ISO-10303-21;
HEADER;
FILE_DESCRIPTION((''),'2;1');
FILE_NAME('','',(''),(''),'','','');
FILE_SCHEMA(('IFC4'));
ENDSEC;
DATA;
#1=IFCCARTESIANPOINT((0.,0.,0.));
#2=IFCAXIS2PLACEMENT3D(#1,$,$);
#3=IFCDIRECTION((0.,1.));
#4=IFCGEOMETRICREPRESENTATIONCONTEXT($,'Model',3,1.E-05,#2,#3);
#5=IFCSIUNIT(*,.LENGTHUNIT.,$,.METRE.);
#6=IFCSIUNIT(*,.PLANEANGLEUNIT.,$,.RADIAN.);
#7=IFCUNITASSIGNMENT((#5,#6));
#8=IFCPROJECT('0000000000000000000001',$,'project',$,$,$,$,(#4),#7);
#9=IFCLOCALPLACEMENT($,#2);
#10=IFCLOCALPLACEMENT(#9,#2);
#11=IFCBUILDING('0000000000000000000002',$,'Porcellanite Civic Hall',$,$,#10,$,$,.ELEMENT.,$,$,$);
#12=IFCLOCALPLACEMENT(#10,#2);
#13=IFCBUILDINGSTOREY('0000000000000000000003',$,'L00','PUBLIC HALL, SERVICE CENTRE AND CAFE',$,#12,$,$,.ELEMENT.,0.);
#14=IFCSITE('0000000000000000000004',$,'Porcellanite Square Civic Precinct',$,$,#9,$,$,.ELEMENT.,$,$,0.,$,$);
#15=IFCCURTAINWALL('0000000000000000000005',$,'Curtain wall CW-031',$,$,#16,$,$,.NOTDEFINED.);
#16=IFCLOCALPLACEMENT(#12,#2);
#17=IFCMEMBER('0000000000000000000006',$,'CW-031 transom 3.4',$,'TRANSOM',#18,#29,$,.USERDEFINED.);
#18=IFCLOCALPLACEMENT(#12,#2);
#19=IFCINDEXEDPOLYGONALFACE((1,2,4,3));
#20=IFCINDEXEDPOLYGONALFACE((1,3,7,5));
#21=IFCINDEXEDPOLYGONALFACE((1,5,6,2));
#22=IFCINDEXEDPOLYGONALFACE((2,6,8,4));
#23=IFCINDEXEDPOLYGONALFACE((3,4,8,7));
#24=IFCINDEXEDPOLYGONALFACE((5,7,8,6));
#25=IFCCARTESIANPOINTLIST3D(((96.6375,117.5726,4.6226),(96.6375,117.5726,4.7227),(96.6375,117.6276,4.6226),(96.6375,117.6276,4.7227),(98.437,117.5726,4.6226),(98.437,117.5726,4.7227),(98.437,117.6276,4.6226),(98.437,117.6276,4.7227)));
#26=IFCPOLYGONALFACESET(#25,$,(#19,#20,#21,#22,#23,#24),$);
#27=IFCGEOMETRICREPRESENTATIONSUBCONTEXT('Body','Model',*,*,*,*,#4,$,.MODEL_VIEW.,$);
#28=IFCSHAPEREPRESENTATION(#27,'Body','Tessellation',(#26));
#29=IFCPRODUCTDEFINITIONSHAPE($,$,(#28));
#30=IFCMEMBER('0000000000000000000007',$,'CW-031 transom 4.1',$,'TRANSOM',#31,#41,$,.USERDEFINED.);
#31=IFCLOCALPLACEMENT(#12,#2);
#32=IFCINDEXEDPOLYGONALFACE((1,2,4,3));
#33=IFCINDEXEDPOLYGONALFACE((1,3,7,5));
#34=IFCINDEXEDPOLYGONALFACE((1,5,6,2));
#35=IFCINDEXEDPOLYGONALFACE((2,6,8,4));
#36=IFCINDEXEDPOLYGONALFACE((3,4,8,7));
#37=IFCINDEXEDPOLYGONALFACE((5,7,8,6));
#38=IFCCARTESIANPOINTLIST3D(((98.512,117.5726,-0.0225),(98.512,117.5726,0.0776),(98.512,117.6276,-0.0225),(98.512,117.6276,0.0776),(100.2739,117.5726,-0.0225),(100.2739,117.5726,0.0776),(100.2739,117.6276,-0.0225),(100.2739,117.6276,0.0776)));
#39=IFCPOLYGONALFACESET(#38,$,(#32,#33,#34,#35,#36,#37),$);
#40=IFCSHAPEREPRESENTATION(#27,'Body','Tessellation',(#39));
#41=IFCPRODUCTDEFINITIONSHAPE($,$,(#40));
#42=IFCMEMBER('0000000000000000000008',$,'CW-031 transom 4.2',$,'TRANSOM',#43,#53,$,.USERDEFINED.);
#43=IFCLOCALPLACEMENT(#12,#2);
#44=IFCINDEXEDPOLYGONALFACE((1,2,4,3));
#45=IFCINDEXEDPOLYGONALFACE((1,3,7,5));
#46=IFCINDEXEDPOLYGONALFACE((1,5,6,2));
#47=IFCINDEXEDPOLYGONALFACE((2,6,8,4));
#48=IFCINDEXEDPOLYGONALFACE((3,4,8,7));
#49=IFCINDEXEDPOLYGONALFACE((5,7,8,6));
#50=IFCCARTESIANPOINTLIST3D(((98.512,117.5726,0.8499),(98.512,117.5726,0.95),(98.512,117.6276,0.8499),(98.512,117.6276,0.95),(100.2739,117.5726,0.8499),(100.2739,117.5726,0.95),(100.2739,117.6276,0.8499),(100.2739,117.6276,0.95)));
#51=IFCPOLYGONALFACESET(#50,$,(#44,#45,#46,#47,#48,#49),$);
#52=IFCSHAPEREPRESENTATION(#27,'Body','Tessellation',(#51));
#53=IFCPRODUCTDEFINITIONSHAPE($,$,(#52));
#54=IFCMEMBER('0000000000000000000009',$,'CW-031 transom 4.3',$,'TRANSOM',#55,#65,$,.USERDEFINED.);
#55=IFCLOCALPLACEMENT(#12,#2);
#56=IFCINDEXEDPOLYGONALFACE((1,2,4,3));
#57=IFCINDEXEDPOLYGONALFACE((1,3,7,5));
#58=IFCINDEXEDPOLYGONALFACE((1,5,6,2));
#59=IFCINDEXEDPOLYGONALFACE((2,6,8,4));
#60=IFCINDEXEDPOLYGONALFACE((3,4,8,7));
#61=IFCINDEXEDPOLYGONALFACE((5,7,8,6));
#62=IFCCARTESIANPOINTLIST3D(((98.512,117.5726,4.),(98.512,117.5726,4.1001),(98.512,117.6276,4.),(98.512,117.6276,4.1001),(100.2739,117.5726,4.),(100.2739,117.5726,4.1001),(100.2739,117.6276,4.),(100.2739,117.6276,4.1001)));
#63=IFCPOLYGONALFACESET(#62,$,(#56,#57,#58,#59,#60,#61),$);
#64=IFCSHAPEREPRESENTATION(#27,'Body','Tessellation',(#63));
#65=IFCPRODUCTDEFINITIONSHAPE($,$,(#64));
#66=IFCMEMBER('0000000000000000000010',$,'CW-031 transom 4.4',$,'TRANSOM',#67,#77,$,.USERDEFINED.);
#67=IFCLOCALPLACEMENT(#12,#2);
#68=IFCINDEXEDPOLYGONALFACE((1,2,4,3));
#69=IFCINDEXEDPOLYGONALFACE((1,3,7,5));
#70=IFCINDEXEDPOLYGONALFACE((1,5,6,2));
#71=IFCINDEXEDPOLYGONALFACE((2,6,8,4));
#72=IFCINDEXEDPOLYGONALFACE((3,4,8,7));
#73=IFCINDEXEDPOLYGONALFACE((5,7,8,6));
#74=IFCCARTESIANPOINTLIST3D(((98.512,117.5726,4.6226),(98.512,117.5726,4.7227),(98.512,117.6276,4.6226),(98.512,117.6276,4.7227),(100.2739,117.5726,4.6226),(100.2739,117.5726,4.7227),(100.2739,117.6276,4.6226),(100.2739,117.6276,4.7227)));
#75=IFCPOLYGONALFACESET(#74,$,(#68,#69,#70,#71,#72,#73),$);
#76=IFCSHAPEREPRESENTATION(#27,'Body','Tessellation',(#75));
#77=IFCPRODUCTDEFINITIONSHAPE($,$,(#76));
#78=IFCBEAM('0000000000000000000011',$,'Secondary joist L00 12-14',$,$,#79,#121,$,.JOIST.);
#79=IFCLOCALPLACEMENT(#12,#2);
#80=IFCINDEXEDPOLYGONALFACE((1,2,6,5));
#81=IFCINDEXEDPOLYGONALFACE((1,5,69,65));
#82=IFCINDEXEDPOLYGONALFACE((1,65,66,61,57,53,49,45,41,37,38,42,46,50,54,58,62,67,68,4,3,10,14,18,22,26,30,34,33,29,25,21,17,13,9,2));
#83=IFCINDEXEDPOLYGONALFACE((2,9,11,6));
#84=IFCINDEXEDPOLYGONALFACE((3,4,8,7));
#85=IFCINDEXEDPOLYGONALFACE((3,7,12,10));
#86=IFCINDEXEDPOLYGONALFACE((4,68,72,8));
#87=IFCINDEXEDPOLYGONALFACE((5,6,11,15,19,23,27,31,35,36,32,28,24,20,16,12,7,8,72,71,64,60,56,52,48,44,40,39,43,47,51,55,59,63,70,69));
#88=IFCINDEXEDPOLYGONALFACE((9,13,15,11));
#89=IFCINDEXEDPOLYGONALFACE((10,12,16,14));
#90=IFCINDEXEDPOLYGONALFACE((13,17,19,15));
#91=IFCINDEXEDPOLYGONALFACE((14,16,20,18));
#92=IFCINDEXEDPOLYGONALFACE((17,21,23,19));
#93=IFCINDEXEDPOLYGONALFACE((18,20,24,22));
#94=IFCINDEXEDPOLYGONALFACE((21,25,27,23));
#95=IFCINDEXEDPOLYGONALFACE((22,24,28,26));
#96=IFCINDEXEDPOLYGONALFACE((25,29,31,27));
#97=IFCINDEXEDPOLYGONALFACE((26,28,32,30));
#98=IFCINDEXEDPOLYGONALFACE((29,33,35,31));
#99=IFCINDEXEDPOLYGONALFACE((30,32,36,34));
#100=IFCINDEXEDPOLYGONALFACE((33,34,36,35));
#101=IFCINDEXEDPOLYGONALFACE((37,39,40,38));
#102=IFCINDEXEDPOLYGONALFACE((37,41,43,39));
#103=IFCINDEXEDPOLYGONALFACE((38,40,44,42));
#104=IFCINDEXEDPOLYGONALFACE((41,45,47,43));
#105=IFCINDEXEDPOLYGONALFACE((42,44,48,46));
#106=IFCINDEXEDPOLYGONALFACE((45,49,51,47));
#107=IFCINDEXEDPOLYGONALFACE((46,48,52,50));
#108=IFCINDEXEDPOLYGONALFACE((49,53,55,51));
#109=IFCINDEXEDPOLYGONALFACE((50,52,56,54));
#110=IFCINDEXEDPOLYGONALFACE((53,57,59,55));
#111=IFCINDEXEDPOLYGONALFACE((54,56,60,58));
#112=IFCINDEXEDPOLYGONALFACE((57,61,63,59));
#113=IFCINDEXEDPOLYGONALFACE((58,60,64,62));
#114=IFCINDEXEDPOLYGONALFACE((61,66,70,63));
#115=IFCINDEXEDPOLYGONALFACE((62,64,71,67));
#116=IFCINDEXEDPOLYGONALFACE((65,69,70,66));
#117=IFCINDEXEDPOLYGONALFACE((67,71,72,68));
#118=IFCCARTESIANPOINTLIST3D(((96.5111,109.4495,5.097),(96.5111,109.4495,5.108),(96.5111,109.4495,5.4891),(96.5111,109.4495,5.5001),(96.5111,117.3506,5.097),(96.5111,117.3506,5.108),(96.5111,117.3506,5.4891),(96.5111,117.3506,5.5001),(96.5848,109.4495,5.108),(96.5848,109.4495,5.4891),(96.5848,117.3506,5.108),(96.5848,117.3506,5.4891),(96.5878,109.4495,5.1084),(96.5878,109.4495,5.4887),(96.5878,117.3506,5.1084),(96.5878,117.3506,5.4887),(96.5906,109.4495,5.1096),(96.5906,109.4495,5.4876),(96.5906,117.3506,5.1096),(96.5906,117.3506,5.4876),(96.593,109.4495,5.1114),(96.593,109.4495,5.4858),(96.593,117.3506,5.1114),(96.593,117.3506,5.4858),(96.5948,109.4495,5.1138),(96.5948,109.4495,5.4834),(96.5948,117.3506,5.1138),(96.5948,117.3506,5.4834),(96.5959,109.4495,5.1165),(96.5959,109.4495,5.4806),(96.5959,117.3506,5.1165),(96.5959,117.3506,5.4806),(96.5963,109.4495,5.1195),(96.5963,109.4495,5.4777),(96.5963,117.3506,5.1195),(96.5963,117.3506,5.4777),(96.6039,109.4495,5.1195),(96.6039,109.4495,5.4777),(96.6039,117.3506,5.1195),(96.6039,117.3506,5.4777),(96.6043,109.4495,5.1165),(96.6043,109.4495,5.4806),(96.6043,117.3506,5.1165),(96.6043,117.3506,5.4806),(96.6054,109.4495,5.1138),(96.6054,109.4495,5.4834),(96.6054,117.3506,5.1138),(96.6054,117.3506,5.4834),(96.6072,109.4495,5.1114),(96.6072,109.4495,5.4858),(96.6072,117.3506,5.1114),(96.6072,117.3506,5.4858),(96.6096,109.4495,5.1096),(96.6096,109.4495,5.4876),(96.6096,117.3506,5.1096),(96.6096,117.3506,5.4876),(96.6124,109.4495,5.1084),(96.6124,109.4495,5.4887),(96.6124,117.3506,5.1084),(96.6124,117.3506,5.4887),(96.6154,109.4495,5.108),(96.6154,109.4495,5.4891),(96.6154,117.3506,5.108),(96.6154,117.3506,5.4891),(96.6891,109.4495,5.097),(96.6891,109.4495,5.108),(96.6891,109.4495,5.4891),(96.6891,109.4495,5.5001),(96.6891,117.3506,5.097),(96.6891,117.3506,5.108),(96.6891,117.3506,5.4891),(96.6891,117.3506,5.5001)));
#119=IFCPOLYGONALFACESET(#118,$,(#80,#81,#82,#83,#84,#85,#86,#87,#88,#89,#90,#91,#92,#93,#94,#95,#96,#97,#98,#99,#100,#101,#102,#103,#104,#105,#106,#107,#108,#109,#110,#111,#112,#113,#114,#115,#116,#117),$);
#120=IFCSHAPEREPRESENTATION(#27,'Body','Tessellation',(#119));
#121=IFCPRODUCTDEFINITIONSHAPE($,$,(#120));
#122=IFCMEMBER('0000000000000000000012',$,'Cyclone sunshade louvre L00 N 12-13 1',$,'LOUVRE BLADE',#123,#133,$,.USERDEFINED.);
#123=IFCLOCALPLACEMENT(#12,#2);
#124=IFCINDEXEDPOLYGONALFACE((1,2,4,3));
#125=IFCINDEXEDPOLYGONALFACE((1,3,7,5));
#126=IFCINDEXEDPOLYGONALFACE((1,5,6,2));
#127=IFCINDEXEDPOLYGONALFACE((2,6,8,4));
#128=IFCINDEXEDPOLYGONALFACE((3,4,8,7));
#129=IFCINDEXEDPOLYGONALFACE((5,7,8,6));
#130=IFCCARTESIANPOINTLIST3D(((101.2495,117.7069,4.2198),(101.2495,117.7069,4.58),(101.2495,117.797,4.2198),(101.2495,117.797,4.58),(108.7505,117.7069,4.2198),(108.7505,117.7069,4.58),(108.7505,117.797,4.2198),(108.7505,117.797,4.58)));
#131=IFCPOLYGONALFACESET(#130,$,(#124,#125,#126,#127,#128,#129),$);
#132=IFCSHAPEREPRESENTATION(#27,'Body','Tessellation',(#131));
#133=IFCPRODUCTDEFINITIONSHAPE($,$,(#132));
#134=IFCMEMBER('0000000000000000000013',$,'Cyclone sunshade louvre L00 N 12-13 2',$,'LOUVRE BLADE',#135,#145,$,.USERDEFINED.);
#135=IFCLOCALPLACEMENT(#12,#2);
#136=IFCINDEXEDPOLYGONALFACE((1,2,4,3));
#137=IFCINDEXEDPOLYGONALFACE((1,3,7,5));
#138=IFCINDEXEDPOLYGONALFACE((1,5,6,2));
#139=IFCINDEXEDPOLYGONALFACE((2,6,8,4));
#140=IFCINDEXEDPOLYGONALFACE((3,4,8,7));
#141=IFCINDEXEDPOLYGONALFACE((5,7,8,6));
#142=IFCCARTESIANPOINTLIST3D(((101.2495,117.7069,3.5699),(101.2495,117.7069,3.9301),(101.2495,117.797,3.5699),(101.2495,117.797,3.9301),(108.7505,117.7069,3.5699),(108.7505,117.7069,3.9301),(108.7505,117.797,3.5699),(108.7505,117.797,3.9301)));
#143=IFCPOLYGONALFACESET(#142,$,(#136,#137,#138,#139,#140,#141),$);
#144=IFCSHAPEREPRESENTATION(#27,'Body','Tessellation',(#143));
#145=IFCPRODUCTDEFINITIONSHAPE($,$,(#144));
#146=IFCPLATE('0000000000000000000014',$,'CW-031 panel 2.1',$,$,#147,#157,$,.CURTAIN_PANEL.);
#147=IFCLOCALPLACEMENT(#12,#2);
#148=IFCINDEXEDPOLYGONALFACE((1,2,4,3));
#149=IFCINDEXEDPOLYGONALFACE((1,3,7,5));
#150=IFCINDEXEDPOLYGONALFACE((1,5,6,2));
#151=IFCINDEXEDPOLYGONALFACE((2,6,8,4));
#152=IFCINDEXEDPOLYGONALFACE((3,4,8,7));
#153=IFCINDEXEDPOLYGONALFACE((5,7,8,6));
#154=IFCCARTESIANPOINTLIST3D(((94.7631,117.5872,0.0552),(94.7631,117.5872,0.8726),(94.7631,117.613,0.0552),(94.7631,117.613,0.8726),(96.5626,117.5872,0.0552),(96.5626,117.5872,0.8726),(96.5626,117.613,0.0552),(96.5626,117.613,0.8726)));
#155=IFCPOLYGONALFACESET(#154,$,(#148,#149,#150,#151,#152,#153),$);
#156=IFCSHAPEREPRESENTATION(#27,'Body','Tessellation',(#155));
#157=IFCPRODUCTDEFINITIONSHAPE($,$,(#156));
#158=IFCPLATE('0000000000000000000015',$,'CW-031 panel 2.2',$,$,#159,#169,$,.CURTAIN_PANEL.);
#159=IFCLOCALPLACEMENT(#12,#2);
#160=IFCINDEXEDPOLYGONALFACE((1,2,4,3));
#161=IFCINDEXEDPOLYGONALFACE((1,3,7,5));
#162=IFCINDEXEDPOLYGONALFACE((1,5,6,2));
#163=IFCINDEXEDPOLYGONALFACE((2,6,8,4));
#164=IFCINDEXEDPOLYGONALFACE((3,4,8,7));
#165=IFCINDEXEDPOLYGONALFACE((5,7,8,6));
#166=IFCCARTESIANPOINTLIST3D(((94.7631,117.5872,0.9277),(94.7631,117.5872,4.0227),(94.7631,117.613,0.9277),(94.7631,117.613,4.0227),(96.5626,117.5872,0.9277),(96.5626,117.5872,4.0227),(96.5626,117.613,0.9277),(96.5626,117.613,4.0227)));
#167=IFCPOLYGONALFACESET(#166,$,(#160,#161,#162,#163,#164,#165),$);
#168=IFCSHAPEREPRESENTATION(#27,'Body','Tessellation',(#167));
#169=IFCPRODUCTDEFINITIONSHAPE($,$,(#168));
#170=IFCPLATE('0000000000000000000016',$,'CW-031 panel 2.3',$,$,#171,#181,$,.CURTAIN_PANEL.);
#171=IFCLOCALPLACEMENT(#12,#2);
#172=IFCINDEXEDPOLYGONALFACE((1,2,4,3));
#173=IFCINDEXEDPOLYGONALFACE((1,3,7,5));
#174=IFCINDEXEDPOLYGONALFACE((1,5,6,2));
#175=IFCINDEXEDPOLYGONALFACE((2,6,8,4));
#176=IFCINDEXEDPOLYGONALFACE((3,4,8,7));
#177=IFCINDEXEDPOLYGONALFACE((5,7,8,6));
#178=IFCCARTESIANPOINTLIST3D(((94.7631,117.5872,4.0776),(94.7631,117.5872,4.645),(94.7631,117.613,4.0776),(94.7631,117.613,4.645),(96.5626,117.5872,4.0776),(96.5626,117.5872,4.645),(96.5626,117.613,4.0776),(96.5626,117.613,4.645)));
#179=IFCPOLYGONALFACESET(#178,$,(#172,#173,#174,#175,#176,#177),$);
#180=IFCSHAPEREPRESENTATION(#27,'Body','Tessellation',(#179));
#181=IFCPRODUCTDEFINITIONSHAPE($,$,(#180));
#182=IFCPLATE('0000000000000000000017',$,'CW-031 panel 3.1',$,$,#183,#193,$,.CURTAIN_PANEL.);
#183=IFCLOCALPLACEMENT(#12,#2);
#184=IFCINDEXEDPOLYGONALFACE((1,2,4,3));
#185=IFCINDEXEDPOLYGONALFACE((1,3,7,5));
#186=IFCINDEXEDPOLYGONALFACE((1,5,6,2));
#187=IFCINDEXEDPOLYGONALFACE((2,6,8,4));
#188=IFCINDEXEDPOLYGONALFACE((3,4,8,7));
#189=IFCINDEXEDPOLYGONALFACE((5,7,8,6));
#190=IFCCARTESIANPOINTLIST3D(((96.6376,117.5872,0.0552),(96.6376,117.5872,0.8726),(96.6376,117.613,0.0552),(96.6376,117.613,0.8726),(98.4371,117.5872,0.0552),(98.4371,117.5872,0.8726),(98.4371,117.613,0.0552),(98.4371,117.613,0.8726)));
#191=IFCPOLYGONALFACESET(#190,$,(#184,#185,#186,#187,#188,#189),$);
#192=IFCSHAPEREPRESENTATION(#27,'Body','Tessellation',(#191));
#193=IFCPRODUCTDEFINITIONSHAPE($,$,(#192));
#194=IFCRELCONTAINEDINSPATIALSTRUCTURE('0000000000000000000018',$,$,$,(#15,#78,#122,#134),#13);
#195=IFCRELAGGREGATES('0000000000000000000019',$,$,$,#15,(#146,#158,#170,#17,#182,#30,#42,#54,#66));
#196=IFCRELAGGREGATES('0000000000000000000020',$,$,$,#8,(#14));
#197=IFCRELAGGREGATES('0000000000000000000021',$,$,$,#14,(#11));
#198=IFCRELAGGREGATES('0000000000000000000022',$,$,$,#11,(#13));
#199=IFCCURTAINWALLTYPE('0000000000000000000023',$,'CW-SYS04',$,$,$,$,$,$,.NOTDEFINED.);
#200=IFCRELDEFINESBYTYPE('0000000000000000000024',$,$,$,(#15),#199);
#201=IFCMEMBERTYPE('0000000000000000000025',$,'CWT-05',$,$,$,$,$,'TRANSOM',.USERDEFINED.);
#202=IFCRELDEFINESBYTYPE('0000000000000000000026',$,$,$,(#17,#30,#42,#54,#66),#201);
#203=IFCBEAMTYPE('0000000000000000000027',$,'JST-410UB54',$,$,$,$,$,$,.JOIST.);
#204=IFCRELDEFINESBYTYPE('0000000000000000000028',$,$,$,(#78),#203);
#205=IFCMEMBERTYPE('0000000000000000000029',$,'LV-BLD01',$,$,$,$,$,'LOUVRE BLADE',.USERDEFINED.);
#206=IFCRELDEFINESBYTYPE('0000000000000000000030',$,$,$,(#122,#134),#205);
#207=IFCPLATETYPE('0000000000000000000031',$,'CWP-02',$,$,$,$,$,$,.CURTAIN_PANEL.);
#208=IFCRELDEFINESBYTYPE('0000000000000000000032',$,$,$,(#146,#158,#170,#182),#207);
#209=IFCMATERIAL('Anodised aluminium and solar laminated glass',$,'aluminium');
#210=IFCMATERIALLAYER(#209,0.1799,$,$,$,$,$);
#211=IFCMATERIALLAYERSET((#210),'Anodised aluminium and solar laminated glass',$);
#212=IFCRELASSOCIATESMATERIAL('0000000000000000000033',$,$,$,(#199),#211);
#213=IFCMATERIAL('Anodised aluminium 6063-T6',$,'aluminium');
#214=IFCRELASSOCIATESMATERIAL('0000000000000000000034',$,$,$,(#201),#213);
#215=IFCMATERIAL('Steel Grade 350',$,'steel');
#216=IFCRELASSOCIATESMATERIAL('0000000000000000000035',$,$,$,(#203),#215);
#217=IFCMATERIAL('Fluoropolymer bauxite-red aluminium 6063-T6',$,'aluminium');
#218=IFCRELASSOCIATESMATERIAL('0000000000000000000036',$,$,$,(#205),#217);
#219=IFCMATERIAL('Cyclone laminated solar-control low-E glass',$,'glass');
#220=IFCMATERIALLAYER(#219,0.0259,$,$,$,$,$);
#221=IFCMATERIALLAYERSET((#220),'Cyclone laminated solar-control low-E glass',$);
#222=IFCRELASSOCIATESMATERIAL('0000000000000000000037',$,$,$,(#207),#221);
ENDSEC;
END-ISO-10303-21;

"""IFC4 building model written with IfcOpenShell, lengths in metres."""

from ifc_helpers import new_model, si_unit, direction, frame, origin, origin_2d, place, context, subcontext, project, spatial, rectangle, i_section, extrude, material, layer, layer_set, material_profile, profile_set, type_object, element, aggregate, save


model = new_model("IFC4")

# Units and contexts
model_context = context("Model", 3, precision=1e-05, world=origin(), true_north=direction((0.0, 1.0)))
body_context = subcontext(model_context, "Body", "Model", "MODEL_VIEW")
ifc_project = project(units=[si_unit("LENGTHUNIT", "METRE"), si_unit("PLANEANGLEUNIT", "RADIAN")], contexts=[model_context])

# Site, building, storey
site_placement = place(None, origin())
site = spatial("IfcSite", under=ifc_project, at=site_placement, Name="Porcellanite Square Civic Precinct", CompositionType="ELEMENT", RefElevation=0.0)
building_placement = place(site_placement, origin())
building = spatial("IfcBuilding", under=site, at=building_placement, Name="Porcellanite Civic Hall", CompositionType="ELEMENT")
storey_placement = place(building_placement, origin())
storey = spatial("IfcBuildingStorey", under=building, at=storey_placement, Name="L00", Description="PUBLIC HALL, SERVICE CENTRE AND CAFE", CompositionType="ELEMENT", Elevation=0.0)

# Curtain wall
ifc_material_1 = material(Name="Anodised aluminium and solar laminated glass", Category="aluminium")
ifc_layer_1 = layer(ifc_material_1, 0.1799)
ifc_layer_set_1 = layer_set([ifc_layer_1], Name="Anodised aluminium and solar laminated glass")
curtain_wall_type_1 = type_object("IfcCurtainWallType", Name="CW-SYS04", PredefinedType="NOTDEFINED", material=ifc_layer_set_1)
curtain_wall_1_placement = place(storey_placement, origin())
curtain_wall_1 = element("IfcCurtainWall", 1, at=curtain_wall_1_placement, inside=storey, type_object=curtain_wall_type_1, Name="Curtain wall CW-031", PredefinedType="NOTDEFINED")

# Members
ifc_material_2 = material(Name="Anodised aluminium 6063-T6", Category="aluminium")
ifc_material_profile_1 = material_profile(ifc_material_2, rectangle(XDim=0.0549, YDim=0.1001, at=origin_2d()), Name="AL-55x100")
ifc_profile_set_1 = profile_set([ifc_material_profile_1], Name="Anodised aluminium 6063-T6")
member_type_1 = type_object("IfcMemberType", Name="CWT-05", ElementType="TRANSOM", PredefinedType="USERDEFINED", material=ifc_profile_set_1)
member_1_placement = place(storey_placement, frame((96.6375, 117.6001, 4.6726), z_axis=(1.0, 0.0, 0.0), x_axis=(0.0, 1.0, 0.0)))
member_1 = element("IfcMember", 2, at=member_1_placement, type_object=member_type_1, Name="CW-031 transom 3.4", ObjectType="TRANSOM", PredefinedType="USERDEFINED", context=body_context, shape_type="SweptSolid", body=[
    extrude(rectangle(XDim=0.0549, YDim=0.1001, at=origin_2d()), origin(), (0.0, 0.0, 1.0), 1.7996),
])
member_2_placement = place(storey_placement, frame((98.512, 117.6001, 0.0276), z_axis=(1.0, 0.0, 0.0), x_axis=(0.0, 1.0, 0.0)))
member_2 = element("IfcMember", 3, at=member_2_placement, type_object=member_type_1, Name="CW-031 transom 4.1", ObjectType="TRANSOM", PredefinedType="USERDEFINED", context=body_context, shape_type="SweptSolid", body=[
    extrude(rectangle(XDim=0.0549, YDim=0.1001, at=origin_2d()), origin(), (0.0, 0.0, 1.0), 1.762),
])
member_3_placement = place(storey_placement, frame((98.512, 117.6001, 0.8999), z_axis=(1.0, 0.0, 0.0), x_axis=(0.0, 1.0, 0.0)))
member_3 = element("IfcMember", 4, at=member_3_placement, type_object=member_type_1, Name="CW-031 transom 4.2", ObjectType="TRANSOM", PredefinedType="USERDEFINED", context=body_context, shape_type="SweptSolid", body=[
    extrude(rectangle(XDim=0.0549, YDim=0.1001, at=origin_2d()), origin(), (0.0, 0.0, 1.0), 1.762),
])
member_4_placement = place(storey_placement, frame((98.512, 117.6001, 4.05), z_axis=(1.0, 0.0, 0.0), x_axis=(0.0, 1.0, 0.0)))
member_4 = element("IfcMember", 5, at=member_4_placement, type_object=member_type_1, Name="CW-031 transom 4.3", ObjectType="TRANSOM", PredefinedType="USERDEFINED", context=body_context, shape_type="SweptSolid", body=[
    extrude(rectangle(XDim=0.0549, YDim=0.1001, at=origin_2d()), origin(), (0.0, 0.0, 1.0), 1.762),
])
member_5_placement = place(storey_placement, frame((98.512, 117.6001, 4.6726), z_axis=(1.0, 0.0, 0.0), x_axis=(0.0, 1.0, 0.0)))
member_5 = element("IfcMember", 6, at=member_5_placement, type_object=member_type_1, Name="CW-031 transom 4.4", ObjectType="TRANSOM", PredefinedType="USERDEFINED", context=body_context, shape_type="SweptSolid", body=[
    extrude(rectangle(XDim=0.0549, YDim=0.1001, at=origin_2d()), origin(), (0.0, 0.0, 1.0), 1.762),
])

# Beam
ifc_material_3 = material(Name="Steel Grade 350", Category="steel")
ifc_material_profile_2 = material_profile(ifc_material_3, i_section(OverallWidth=0.178, OverallDepth=0.4031, WebThickness=0.0076, FlangeThickness=0.011, FilletRadius=0.0115, at=origin_2d()), Name="410UB53.7")
ifc_profile_set_2 = profile_set([ifc_material_profile_2], Name="Steel Grade 350")
beam_type_1 = type_object("IfcBeamType", Name="JST-410UB54", PredefinedType="JOIST", material=ifc_profile_set_2)
beam_1_placement = place(storey_placement, frame((96.6001, 109.4495, 5.2986), z_axis=(0.0, 1.0, 0.0), x_axis=(-1.0, 0.0, 0.0)))
element("IfcBeam", 7, at=beam_1_placement, inside=storey, type_object=beam_type_1, Name="Secondary joist L00 12-14", PredefinedType="JOIST", context=body_context, shape_type="SweptSolid", body=[
    extrude(i_section(OverallWidth=0.178, OverallDepth=0.4031, WebThickness=0.0076, FlangeThickness=0.011, FilletRadius=0.0115, at=origin_2d()), origin(), (0.0, 0.0, 1.0), 7.9011),
])

# Members
ifc_material_4 = material(Name="Fluoropolymer bauxite-red aluminium 6063-T6", Category="aluminium")
ifc_material_profile_3 = material_profile(ifc_material_4, rectangle(XDim=0.0901, YDim=0.3601, at=origin_2d()), Name="AL-90x360")
ifc_profile_set_3 = profile_set([ifc_material_profile_3], Name="Fluoropolymer bauxite-red aluminium 6063-T6")
member_type_2 = type_object("IfcMemberType", Name="LV-BLD01", ElementType="LOUVRE BLADE", PredefinedType="USERDEFINED", material=ifc_profile_set_3)
for number, where, z_axis, x_axis, name in (
    (8, (101.2495, 117.752, 4.3999), (1.0, 0.0, 0.0), (0.0, 1.0, 0.0), "Cyclone sunshade louvre L00 N 12-13 1"),
    (9, (101.2495, 117.752, 3.75), (1.0, 0.0, 0.0), (0.0, 1.0, 0.0), "Cyclone sunshade louvre L00 N 12-13 2"),
):
    element("IfcMember", number, at=place(storey_placement, frame(where, z_axis=z_axis, x_axis=x_axis)), inside=storey, type_object=member_type_2, Name=name, ObjectType="LOUVRE BLADE", PredefinedType="USERDEFINED", context=body_context, shape_type="SweptSolid", body=[
        extrude(rectangle(XDim=0.0901, YDim=0.3601, at=origin_2d()), origin(), (0.0, 0.0, 1.0), 7.501),
    ])

# Plates
ifc_material_5 = material(Name="Cyclone laminated solar-control low-E glass", Category="glass")
ifc_layer_2 = layer(ifc_material_5, 0.0259)
ifc_layer_set_2 = layer_set([ifc_layer_2], Name="Cyclone laminated solar-control low-E glass")
plate_type = type_object("IfcPlateType", Name="CWP-02", PredefinedType="CURTAIN_PANEL", material=ifc_layer_set_2)
plate_1_placement = place(storey_placement, frame((95.6628, 117.6001, 0.0552), z_axis=(0.0, 0.0, 1.0), x_axis=(1.0, 0.0, 0.0)))
plate_1 = element("IfcPlate", 10, at=plate_1_placement, type_object=plate_type, Name="CW-031 panel 2.1", PredefinedType="CURTAIN_PANEL", context=body_context, shape_type="SweptSolid", body=[
    extrude(rectangle(XDim=1.7996, YDim=0.0259, at=origin_2d()), origin(), (0.0, 0.0, 1.0), 0.8174),
])
plate_2_placement = place(storey_placement, frame((95.6628, 117.6001, 0.9277), z_axis=(0.0, 0.0, 1.0), x_axis=(1.0, 0.0, 0.0)))
plate_2 = element("IfcPlate", 11, at=plate_2_placement, type_object=plate_type, Name="CW-031 panel 2.2", PredefinedType="CURTAIN_PANEL", context=body_context, shape_type="SweptSolid", body=[
    extrude(rectangle(XDim=1.7996, YDim=0.0259, at=origin_2d()), origin(), (0.0, 0.0, 1.0), 3.095),
])
plate_3_placement = place(storey_placement, frame((95.6628, 117.6001, 4.0776), z_axis=(0.0, 0.0, 1.0), x_axis=(1.0, 0.0, 0.0)))
plate_3 = element("IfcPlate", 12, at=plate_3_placement, type_object=plate_type, Name="CW-031 panel 2.3", PredefinedType="CURTAIN_PANEL", context=body_context, shape_type="SweptSolid", body=[
    extrude(rectangle(XDim=1.7996, YDim=0.0259, at=origin_2d()), origin(), (0.0, 0.0, 1.0), 0.5674),
])
plate_4_placement = place(storey_placement, frame((97.5374, 117.6001, 0.0552), z_axis=(0.0, 0.0, 1.0), x_axis=(1.0, 0.0, 0.0)))
plate_4 = element("IfcPlate", 13, at=plate_4_placement, type_object=plate_type, Name="CW-031 panel 3.1", PredefinedType="CURTAIN_PANEL", context=body_context, shape_type="SweptSolid", body=[
    extrude(rectangle(XDim=1.7996, YDim=0.0259, at=origin_2d()), origin(), (0.0, 0.0, 1.0), 0.8174),
])
aggregate(curtain_wall_1, [plate_1, plate_2, plate_3, member_1, plate_4, member_2, member_3, member_4, member_5])

save(model, "model.ifc")
